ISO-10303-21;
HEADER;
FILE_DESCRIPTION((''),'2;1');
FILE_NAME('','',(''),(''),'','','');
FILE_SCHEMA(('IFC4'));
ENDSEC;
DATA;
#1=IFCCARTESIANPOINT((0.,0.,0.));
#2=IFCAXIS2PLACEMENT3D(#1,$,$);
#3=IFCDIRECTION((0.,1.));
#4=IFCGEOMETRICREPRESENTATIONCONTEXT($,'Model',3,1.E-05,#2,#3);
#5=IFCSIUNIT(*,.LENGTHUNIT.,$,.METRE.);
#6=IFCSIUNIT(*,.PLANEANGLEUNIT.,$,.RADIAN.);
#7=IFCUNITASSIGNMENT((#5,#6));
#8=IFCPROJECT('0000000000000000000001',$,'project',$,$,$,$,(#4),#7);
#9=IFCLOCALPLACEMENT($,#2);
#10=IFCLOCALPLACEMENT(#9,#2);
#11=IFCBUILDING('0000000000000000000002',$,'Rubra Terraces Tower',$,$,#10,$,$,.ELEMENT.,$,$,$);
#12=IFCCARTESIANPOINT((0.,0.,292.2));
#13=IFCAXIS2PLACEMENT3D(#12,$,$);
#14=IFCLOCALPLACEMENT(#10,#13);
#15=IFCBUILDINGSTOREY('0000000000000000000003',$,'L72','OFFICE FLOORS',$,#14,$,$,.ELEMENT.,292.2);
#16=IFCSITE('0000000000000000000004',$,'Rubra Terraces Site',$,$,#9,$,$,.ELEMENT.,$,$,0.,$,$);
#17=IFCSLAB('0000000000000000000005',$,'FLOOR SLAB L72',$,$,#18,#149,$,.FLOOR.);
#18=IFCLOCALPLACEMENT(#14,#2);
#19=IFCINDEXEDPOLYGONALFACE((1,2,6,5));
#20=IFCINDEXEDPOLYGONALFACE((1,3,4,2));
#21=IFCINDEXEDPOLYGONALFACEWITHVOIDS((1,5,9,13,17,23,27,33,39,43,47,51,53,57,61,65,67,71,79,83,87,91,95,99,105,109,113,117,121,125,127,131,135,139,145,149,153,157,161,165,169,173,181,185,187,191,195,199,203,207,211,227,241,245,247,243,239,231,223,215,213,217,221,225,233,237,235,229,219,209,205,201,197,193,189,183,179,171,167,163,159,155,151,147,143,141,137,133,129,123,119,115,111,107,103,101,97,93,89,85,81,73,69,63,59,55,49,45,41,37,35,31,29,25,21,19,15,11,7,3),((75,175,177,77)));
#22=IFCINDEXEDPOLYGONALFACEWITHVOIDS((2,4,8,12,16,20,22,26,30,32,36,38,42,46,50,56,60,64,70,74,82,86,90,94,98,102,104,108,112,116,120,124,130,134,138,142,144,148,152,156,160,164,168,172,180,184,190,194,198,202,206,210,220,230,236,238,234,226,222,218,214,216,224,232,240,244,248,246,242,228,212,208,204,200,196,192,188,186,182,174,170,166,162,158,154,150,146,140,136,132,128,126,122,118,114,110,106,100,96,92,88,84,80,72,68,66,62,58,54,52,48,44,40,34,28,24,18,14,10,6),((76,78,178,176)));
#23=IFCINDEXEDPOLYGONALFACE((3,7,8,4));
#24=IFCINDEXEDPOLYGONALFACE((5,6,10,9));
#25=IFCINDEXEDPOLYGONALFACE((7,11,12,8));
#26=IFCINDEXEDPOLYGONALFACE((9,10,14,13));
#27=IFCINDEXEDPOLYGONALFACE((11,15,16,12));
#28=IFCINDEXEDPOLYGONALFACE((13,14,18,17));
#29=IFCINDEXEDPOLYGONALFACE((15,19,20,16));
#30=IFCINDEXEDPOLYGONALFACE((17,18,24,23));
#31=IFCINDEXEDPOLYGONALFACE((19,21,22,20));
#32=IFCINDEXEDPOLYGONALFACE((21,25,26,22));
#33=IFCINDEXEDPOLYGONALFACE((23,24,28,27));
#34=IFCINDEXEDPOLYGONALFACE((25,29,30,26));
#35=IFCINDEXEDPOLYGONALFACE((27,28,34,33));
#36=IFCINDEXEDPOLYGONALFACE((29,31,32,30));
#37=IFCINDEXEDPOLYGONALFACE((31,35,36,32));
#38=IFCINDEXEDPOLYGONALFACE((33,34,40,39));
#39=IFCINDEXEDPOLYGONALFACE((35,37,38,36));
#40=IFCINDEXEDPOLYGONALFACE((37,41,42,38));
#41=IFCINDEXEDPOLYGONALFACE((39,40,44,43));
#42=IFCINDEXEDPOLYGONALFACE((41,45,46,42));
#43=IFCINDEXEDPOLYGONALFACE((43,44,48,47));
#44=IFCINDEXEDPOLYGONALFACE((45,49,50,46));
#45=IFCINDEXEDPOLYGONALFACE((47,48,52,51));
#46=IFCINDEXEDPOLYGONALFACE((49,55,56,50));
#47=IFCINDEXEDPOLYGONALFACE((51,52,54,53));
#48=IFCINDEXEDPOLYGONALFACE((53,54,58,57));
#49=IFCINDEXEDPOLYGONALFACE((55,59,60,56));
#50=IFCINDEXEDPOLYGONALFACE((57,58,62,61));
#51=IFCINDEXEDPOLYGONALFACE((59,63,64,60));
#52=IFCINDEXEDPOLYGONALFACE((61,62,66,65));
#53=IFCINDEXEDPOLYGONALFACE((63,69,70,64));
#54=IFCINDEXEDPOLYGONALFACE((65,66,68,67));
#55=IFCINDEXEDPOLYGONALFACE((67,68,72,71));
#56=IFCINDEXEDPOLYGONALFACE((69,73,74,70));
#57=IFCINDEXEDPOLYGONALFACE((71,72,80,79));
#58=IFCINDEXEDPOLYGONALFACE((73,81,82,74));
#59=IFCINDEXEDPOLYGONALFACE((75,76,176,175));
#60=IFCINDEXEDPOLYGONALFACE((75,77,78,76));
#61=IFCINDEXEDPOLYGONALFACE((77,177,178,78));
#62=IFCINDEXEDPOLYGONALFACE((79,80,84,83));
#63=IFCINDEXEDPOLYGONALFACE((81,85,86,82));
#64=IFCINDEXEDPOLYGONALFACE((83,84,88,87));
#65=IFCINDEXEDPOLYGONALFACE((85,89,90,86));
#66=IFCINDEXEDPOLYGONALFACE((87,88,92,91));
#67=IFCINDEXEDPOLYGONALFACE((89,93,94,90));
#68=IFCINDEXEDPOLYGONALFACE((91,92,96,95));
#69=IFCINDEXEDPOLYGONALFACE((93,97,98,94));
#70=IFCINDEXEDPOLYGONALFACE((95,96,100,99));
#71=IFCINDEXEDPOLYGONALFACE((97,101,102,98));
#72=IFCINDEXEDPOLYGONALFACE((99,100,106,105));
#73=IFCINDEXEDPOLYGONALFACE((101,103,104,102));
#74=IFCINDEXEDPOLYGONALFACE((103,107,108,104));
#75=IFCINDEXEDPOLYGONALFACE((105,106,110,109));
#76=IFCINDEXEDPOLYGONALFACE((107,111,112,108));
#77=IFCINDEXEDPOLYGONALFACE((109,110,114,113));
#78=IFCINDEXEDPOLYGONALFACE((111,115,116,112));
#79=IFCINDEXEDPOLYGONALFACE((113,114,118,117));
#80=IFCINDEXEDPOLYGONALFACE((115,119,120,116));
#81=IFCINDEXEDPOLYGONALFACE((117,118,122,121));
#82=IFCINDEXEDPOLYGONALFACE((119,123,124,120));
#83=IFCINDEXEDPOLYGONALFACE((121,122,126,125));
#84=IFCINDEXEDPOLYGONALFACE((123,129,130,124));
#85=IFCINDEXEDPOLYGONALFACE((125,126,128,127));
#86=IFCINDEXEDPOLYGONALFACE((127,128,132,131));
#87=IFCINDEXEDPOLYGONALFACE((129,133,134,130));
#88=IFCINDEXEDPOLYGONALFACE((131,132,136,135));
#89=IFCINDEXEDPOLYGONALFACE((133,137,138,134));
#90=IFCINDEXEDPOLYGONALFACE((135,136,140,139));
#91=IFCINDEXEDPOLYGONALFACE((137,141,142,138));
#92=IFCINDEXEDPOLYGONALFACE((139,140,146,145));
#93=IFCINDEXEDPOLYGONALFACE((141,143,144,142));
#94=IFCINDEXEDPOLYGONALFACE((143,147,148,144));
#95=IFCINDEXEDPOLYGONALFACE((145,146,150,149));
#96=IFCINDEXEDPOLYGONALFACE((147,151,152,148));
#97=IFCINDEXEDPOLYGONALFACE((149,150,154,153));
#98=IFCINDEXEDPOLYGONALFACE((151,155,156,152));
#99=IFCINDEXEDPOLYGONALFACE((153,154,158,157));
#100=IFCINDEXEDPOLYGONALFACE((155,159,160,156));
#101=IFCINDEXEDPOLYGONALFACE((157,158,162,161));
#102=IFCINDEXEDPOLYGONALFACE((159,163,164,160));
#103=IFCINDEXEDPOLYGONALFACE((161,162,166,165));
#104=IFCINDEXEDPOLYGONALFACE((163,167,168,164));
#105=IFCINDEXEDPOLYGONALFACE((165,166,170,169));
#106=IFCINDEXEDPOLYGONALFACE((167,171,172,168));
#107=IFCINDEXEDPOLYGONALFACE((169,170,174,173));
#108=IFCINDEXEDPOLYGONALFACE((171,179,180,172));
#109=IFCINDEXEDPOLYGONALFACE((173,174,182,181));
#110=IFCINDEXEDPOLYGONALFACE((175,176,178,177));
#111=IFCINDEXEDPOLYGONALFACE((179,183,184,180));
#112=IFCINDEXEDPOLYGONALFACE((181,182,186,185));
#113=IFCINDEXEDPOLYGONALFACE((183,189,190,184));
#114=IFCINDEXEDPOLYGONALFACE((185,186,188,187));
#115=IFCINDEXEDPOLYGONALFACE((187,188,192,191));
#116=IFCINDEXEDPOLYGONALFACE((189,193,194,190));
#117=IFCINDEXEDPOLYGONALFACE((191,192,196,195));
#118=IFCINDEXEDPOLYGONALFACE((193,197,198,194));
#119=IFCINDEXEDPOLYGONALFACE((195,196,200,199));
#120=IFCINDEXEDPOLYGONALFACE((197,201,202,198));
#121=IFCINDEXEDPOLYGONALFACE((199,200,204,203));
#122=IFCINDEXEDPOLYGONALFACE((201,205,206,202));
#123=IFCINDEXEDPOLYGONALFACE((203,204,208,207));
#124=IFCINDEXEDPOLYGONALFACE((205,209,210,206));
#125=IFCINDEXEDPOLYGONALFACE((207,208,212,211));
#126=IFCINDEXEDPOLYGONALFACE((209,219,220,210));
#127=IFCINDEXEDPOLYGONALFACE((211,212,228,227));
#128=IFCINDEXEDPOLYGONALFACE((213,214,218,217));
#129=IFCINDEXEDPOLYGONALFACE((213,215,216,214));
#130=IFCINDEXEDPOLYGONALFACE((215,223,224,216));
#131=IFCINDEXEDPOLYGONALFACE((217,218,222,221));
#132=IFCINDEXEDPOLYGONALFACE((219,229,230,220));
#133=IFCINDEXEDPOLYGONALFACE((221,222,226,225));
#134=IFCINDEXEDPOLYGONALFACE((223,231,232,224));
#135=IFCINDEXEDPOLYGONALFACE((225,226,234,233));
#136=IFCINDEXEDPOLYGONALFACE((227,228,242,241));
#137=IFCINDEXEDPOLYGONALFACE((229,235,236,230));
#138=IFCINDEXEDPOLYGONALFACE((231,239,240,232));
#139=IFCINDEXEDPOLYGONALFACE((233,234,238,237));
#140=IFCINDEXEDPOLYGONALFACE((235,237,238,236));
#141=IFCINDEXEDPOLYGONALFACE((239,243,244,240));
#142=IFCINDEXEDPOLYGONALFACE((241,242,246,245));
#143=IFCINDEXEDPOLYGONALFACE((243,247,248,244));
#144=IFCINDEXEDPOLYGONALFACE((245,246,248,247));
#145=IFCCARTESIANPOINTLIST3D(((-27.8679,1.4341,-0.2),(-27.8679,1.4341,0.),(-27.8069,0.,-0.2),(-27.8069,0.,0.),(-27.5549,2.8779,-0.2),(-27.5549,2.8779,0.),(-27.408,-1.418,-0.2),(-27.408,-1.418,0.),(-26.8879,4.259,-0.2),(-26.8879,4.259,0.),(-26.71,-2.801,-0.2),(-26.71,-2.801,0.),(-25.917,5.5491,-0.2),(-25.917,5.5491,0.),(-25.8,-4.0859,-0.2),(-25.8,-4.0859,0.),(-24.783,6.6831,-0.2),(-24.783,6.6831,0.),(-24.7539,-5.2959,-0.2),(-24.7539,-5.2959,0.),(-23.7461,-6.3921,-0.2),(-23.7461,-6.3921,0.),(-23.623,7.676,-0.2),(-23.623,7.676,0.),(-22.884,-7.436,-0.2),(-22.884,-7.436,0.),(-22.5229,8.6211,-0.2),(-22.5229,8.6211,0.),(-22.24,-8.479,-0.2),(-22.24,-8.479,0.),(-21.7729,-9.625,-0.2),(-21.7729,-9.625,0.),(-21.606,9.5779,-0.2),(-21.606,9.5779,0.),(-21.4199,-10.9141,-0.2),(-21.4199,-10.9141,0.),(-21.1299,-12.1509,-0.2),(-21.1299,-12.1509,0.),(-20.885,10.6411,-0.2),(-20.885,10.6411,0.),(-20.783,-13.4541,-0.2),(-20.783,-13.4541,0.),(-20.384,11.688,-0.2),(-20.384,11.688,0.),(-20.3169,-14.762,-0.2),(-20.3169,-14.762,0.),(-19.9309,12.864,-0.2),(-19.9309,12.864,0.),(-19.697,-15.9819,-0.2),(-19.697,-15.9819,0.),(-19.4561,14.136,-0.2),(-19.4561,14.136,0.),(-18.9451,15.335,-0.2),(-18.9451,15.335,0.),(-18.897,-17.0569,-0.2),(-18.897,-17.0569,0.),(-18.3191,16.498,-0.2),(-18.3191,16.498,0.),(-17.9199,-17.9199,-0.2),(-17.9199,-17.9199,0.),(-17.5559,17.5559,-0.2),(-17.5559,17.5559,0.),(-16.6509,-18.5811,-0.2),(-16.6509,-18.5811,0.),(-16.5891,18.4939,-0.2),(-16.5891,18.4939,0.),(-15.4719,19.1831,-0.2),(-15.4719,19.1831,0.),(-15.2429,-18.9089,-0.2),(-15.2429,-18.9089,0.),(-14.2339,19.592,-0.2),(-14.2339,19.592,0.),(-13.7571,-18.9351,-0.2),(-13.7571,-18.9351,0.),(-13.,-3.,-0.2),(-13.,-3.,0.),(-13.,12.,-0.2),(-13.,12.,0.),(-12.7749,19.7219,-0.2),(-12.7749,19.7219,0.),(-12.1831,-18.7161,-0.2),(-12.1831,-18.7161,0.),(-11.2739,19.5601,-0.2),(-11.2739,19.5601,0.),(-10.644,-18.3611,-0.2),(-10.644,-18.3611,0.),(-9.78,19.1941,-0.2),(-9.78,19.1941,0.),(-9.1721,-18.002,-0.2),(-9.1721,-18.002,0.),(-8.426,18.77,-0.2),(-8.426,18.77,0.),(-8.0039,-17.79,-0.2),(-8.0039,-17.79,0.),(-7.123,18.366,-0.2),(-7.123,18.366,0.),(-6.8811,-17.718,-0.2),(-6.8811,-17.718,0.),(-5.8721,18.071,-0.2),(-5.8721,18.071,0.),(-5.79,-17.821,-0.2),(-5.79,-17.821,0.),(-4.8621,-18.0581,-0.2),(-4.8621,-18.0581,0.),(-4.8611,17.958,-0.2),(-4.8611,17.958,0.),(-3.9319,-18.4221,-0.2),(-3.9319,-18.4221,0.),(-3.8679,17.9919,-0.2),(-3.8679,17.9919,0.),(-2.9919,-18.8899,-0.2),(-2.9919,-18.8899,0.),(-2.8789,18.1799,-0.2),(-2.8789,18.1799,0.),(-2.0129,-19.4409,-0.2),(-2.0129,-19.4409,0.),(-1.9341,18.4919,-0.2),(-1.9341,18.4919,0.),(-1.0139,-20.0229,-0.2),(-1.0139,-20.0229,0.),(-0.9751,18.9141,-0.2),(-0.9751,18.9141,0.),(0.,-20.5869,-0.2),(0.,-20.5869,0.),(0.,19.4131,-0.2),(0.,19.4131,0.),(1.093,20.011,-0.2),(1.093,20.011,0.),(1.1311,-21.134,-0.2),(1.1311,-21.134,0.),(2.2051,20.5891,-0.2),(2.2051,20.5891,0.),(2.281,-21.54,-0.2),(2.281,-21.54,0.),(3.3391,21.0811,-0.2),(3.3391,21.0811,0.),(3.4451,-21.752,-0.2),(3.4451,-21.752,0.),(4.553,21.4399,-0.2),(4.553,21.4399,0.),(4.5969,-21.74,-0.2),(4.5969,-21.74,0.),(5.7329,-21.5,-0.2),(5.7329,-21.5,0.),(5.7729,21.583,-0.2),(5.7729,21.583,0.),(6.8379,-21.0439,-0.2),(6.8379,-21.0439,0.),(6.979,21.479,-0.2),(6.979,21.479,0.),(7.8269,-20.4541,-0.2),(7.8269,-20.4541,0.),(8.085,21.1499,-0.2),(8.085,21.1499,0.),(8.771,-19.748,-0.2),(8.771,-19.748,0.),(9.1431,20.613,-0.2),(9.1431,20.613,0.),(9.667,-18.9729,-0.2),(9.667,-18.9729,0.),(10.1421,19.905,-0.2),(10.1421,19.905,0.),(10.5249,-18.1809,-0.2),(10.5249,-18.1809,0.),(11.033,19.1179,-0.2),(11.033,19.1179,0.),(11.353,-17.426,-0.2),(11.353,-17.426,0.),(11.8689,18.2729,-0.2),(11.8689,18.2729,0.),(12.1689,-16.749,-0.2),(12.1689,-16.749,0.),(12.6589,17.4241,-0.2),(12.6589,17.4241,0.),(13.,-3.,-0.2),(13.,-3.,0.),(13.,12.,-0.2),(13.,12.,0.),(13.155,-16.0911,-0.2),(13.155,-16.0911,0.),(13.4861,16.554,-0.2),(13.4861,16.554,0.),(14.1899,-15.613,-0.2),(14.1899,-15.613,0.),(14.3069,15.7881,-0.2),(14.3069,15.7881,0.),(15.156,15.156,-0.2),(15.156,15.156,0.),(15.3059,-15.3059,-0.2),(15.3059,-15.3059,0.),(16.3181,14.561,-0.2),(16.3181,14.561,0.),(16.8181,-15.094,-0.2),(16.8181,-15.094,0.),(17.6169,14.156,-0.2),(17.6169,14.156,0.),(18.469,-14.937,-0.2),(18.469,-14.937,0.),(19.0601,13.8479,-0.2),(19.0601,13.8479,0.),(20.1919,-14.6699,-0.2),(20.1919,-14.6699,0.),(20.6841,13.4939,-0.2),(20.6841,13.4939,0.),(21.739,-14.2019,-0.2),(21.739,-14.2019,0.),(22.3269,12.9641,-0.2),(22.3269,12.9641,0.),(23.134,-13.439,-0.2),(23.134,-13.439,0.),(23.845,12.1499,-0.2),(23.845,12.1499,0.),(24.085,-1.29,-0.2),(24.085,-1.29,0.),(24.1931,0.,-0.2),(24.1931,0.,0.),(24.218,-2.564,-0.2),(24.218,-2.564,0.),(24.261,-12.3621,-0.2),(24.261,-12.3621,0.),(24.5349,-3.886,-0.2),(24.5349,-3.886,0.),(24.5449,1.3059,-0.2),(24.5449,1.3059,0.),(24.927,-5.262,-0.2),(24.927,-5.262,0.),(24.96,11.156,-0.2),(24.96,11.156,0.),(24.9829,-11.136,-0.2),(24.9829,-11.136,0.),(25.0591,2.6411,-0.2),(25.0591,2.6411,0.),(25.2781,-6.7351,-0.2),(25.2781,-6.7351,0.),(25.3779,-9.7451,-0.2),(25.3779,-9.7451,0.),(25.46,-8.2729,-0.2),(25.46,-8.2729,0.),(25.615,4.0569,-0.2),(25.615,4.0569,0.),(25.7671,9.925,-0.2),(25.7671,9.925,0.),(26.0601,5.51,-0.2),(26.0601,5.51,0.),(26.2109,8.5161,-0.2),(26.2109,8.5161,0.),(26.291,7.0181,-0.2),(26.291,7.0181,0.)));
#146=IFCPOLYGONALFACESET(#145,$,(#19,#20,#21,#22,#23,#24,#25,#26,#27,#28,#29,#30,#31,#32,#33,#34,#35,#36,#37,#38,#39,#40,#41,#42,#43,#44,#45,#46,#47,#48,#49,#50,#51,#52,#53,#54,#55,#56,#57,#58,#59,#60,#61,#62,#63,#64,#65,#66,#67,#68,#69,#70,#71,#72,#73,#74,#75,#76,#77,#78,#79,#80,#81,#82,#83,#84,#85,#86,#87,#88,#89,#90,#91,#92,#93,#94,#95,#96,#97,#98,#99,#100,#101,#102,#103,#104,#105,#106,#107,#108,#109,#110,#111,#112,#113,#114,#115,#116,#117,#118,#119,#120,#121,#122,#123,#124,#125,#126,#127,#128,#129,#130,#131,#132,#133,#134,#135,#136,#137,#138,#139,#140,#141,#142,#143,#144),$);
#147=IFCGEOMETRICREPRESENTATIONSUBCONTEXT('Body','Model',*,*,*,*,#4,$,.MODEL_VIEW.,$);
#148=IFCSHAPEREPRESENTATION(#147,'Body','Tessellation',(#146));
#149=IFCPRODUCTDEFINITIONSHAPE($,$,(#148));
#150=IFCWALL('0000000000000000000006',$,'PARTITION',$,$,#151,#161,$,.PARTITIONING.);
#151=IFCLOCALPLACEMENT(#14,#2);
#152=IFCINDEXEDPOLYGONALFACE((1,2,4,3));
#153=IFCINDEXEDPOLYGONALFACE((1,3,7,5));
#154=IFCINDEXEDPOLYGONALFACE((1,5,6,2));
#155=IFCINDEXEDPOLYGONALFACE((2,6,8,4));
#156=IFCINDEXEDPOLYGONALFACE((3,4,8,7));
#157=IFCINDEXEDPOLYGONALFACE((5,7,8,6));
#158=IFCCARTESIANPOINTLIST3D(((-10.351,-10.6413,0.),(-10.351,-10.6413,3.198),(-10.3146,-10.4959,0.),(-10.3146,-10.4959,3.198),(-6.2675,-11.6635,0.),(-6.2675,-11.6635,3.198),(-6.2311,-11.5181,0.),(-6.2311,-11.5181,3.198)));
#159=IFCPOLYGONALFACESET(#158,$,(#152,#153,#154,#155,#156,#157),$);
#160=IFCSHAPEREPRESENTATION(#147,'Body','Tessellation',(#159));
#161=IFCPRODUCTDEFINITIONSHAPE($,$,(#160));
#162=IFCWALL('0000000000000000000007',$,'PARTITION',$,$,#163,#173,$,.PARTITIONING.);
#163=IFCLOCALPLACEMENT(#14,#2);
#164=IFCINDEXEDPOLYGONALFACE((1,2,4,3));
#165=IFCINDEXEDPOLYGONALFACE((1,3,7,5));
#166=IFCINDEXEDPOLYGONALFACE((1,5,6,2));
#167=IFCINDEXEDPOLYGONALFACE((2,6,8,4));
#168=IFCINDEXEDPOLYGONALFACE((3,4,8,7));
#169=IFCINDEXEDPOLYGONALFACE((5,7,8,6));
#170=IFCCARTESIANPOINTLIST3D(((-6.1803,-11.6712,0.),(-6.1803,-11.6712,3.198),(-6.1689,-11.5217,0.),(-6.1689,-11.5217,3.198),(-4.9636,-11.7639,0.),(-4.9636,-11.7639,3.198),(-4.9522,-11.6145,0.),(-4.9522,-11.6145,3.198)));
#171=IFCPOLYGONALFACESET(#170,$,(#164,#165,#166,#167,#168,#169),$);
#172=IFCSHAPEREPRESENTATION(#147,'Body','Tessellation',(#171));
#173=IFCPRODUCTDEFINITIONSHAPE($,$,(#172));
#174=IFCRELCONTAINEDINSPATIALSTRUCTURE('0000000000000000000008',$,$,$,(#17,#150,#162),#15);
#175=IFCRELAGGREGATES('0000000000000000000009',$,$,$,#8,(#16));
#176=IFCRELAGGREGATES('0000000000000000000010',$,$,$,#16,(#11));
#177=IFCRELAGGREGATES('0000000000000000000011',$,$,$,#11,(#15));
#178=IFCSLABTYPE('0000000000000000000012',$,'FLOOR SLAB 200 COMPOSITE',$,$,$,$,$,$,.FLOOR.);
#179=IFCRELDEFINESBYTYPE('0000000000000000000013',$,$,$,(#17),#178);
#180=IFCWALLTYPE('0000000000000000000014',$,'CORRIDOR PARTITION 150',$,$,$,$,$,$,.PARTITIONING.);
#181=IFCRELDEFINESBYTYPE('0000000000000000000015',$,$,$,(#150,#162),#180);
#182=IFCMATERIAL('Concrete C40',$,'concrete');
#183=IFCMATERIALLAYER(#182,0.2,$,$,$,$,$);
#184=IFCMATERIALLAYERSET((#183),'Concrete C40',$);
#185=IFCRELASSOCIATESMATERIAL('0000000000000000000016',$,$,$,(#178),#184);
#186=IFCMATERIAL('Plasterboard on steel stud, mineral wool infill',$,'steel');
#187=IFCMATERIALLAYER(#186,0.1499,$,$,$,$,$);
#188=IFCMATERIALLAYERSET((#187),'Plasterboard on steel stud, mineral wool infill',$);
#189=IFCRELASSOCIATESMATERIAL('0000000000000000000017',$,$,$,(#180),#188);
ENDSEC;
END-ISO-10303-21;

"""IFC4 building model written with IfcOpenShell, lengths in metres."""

from ifc_helpers import new_model, si_unit, direction, frame, frame_2d, origin, place, context, subcontext, project, spatial, polyline, rectangle, outline, extrude, material, layer, layer_set, type_object, element, save


model = new_model("IFC4")

# Units and contexts
model_context = context("Model", 3, precision=1e-05, world=origin(), true_north=direction((0.0, 1.0)))
body_context = subcontext(model_context, "Body", "Model", "MODEL_VIEW")
ifc_project = project(units=[si_unit("LENGTHUNIT", "METRE"), si_unit("PLANEANGLEUNIT", "RADIAN")], contexts=[model_context])

# Site, building, storey
site_placement = place(None, origin())
site = spatial("IfcSite", under=ifc_project, at=site_placement, Name="Rubra Terraces Site", CompositionType="ELEMENT", RefElevation=0.0)
building_placement = place(site_placement, origin())
building = spatial("IfcBuilding", under=site, at=building_placement, Name="Rubra Terraces Tower", CompositionType="ELEMENT")
storey_placement = place(building_placement, frame((0.0, 0.0, 292.2)))
storey = spatial("IfcBuildingStorey", under=building, at=storey_placement, Name="L72", Description="OFFICE FLOORS", CompositionType="ELEMENT", Elevation=292.2)

# Shared definitions
ifc_material_1 = material(Name="Concrete C40", Category="concrete")

# Slab
ifc_layer_1 = layer(ifc_material_1, 0.2)
ifc_layer_set_1 = layer_set([ifc_layer_1], Name="Concrete C40")
slab_type_1 = type_object("IfcSlabType", Name="FLOOR SLAB 200 COMPOSITE", PredefinedType="FLOOR", material=ifc_layer_set_1)
slab_1_placement = place(storey_placement, frame((0.0, 0.0, -0.2)))
element("IfcSlab", 1, at=slab_1_placement, inside=storey, type_object=slab_type_1, Name="FLOOR SLAB L72", PredefinedType="FLOOR", context=body_context, shape_type="SweptSolid", body=[
    extrude(outline(polyline([(24.085, -1.29), (24.1931, 0.0), (24.5449, 1.3059), (25.0591, 2.6411), (25.615, 4.0569), (26.0601, 5.51), (26.291, 7.0181), (26.2109, 8.5161), (25.7671, 9.925), (24.96, 11.156), (23.845, 12.1499), (22.3269, 12.9641), (20.6841, 13.4939), (19.0601, 13.8479), (17.6169, 14.156), (16.3181, 14.561), (15.156, 15.156), (14.3069, 15.7881), (13.4861, 16.554), (12.6589, 17.4241), (11.8689, 18.2729), (11.033, 19.1179), (10.1421, 19.905), (9.1431, 20.613), (8.085, 21.1499), (6.979, 21.479), (5.7729, 21.583), (4.553, 21.4399), (3.3391, 21.0811), (2.2051, 20.5891), (1.093, 20.011), (0.0, 19.4131), (-0.9751, 18.9141), (-1.9341, 18.4919), (-2.8789, 18.1799), (-3.8679, 17.9919), (-4.8611, 17.958), (-5.8721, 18.071), (-7.123, 18.366), (-8.426, 18.77), (-9.78, 19.1941), (-11.2739, 19.5601), (-12.7749, 19.7219), (-14.2339, 19.592), (-15.4719, 19.1831), (-16.5891, 18.4939), (-17.5559, 17.5559), (-18.3191, 16.498), (-18.9451, 15.335), (-19.4561, 14.136), (-19.9309, 12.864), (-20.384, 11.688), (-20.885, 10.6411), (-21.606, 9.5779), (-22.5229, 8.6211), (-23.623, 7.676), (-24.783, 6.6831), (-25.917, 5.5491), (-26.8879, 4.259), (-27.5549, 2.8779), (-27.8679, 1.4341), (-27.8069, 0.0), (-27.408, -1.418), (-26.71, -2.801), (-25.8, -4.0859), (-24.7539, -5.2959), (-23.7461, -6.3921), (-22.884, -7.436), (-22.24, -8.479), (-21.7729, -9.625), (-21.4199, -10.9141), (-21.1299, -12.1509), (-20.783, -13.4541), (-20.3169, -14.762), (-19.697, -15.9819), (-18.897, -17.0569), (-17.9199, -17.9199), (-16.6509, -18.5811), (-15.2429, -18.9089), (-13.7571, -18.9351), (-12.1831, -18.7161), (-10.644, -18.3611), (-9.1721, -18.002), (-8.0039, -17.79), (-6.8811, -17.718), (-5.79, -17.821), (-4.8621, -18.0581), (-3.9319, -18.4221), (-2.9919, -18.8899), (-2.0129, -19.4409), (-1.0139, -20.0229), (0.0, -20.5869), (1.1311, -21.134), (2.281, -21.54), (3.4451, -21.752), (4.5969, -21.74), (5.7329, -21.5), (6.8379, -21.0439), (7.8269, -20.4541), (8.771, -19.748), (9.667, -18.9729), (10.5249, -18.1809), (11.353, -17.426), (12.1689, -16.749), (13.155, -16.0911), (14.1899, -15.613), (15.3059, -15.3059), (16.8181, -15.094), (18.469, -14.937), (20.1919, -14.6699), (21.739, -14.2019), (23.134, -13.439), (24.261, -12.3621), (24.9829, -11.136), (25.3779, -9.7451), (25.46, -8.2729), (25.2781, -6.7351), (24.927, -5.262), (24.5349, -3.886), (24.218, -2.564), (24.085, -1.29)]), holes=[polyline([(13.0, 12.0), (13.0, -3.0), (-13.0, -3.0), (-13.0, 12.0), (13.0, 12.0)])]), origin(), (0.0, 0.0, 1.0), 0.2),
])

# Walls
ifc_material_2 = material(Name="Plasterboard on steel stud, mineral wool infill", Category="steel")
ifc_layer_2 = layer(ifc_material_2, 0.1499)
ifc_layer_set_2 = layer_set([ifc_layer_2], Name="Plasterboard on steel stud, mineral wool infill")
wall_type_1 = type_object("IfcWallType", Name="CORRIDOR PARTITION 150", PredefinedType="PARTITIONING", material=ifc_layer_set_2)
wall_1_placement = place(storey_placement, frame((-10.3328, -10.5686, 0.0), z_axis=(0.0, 0.0, 1.0), x_axis=(0.970067, -0.242836, 0.0)))
element("IfcWall", 2, at=wall_1_placement, inside=storey, type_object=wall_type_1, Name="PARTITION", PredefinedType="PARTITIONING", context=body_context, shape_type="SweptSolid", body=[
    extrude(rectangle(XDim=4.2095, YDim=0.1499, at=frame_2d((2.1047, 0.0))), origin(), (0.0, 0.0, 1.0), 3.198),
])
wall_2_placement = place(storey_placement, frame((-6.1746, -11.5964, 0.0), z_axis=(0.0, 0.0, 1.0), x_axis=(0.997106, -0.076023, 0.0)))
element("IfcWall", 3, at=wall_2_placement, inside=storey, type_object=wall_type_1, Name="PARTITION", PredefinedType="PARTITIONING", context=body_context, shape_type="SweptSolid", body=[
    extrude(rectangle(XDim=1.2202, YDim=0.1499, at=frame_2d((0.6101, 0.0))), origin(), (0.0, 0.0, 1.0), 3.198),
])

save(model, "model.ifc")
